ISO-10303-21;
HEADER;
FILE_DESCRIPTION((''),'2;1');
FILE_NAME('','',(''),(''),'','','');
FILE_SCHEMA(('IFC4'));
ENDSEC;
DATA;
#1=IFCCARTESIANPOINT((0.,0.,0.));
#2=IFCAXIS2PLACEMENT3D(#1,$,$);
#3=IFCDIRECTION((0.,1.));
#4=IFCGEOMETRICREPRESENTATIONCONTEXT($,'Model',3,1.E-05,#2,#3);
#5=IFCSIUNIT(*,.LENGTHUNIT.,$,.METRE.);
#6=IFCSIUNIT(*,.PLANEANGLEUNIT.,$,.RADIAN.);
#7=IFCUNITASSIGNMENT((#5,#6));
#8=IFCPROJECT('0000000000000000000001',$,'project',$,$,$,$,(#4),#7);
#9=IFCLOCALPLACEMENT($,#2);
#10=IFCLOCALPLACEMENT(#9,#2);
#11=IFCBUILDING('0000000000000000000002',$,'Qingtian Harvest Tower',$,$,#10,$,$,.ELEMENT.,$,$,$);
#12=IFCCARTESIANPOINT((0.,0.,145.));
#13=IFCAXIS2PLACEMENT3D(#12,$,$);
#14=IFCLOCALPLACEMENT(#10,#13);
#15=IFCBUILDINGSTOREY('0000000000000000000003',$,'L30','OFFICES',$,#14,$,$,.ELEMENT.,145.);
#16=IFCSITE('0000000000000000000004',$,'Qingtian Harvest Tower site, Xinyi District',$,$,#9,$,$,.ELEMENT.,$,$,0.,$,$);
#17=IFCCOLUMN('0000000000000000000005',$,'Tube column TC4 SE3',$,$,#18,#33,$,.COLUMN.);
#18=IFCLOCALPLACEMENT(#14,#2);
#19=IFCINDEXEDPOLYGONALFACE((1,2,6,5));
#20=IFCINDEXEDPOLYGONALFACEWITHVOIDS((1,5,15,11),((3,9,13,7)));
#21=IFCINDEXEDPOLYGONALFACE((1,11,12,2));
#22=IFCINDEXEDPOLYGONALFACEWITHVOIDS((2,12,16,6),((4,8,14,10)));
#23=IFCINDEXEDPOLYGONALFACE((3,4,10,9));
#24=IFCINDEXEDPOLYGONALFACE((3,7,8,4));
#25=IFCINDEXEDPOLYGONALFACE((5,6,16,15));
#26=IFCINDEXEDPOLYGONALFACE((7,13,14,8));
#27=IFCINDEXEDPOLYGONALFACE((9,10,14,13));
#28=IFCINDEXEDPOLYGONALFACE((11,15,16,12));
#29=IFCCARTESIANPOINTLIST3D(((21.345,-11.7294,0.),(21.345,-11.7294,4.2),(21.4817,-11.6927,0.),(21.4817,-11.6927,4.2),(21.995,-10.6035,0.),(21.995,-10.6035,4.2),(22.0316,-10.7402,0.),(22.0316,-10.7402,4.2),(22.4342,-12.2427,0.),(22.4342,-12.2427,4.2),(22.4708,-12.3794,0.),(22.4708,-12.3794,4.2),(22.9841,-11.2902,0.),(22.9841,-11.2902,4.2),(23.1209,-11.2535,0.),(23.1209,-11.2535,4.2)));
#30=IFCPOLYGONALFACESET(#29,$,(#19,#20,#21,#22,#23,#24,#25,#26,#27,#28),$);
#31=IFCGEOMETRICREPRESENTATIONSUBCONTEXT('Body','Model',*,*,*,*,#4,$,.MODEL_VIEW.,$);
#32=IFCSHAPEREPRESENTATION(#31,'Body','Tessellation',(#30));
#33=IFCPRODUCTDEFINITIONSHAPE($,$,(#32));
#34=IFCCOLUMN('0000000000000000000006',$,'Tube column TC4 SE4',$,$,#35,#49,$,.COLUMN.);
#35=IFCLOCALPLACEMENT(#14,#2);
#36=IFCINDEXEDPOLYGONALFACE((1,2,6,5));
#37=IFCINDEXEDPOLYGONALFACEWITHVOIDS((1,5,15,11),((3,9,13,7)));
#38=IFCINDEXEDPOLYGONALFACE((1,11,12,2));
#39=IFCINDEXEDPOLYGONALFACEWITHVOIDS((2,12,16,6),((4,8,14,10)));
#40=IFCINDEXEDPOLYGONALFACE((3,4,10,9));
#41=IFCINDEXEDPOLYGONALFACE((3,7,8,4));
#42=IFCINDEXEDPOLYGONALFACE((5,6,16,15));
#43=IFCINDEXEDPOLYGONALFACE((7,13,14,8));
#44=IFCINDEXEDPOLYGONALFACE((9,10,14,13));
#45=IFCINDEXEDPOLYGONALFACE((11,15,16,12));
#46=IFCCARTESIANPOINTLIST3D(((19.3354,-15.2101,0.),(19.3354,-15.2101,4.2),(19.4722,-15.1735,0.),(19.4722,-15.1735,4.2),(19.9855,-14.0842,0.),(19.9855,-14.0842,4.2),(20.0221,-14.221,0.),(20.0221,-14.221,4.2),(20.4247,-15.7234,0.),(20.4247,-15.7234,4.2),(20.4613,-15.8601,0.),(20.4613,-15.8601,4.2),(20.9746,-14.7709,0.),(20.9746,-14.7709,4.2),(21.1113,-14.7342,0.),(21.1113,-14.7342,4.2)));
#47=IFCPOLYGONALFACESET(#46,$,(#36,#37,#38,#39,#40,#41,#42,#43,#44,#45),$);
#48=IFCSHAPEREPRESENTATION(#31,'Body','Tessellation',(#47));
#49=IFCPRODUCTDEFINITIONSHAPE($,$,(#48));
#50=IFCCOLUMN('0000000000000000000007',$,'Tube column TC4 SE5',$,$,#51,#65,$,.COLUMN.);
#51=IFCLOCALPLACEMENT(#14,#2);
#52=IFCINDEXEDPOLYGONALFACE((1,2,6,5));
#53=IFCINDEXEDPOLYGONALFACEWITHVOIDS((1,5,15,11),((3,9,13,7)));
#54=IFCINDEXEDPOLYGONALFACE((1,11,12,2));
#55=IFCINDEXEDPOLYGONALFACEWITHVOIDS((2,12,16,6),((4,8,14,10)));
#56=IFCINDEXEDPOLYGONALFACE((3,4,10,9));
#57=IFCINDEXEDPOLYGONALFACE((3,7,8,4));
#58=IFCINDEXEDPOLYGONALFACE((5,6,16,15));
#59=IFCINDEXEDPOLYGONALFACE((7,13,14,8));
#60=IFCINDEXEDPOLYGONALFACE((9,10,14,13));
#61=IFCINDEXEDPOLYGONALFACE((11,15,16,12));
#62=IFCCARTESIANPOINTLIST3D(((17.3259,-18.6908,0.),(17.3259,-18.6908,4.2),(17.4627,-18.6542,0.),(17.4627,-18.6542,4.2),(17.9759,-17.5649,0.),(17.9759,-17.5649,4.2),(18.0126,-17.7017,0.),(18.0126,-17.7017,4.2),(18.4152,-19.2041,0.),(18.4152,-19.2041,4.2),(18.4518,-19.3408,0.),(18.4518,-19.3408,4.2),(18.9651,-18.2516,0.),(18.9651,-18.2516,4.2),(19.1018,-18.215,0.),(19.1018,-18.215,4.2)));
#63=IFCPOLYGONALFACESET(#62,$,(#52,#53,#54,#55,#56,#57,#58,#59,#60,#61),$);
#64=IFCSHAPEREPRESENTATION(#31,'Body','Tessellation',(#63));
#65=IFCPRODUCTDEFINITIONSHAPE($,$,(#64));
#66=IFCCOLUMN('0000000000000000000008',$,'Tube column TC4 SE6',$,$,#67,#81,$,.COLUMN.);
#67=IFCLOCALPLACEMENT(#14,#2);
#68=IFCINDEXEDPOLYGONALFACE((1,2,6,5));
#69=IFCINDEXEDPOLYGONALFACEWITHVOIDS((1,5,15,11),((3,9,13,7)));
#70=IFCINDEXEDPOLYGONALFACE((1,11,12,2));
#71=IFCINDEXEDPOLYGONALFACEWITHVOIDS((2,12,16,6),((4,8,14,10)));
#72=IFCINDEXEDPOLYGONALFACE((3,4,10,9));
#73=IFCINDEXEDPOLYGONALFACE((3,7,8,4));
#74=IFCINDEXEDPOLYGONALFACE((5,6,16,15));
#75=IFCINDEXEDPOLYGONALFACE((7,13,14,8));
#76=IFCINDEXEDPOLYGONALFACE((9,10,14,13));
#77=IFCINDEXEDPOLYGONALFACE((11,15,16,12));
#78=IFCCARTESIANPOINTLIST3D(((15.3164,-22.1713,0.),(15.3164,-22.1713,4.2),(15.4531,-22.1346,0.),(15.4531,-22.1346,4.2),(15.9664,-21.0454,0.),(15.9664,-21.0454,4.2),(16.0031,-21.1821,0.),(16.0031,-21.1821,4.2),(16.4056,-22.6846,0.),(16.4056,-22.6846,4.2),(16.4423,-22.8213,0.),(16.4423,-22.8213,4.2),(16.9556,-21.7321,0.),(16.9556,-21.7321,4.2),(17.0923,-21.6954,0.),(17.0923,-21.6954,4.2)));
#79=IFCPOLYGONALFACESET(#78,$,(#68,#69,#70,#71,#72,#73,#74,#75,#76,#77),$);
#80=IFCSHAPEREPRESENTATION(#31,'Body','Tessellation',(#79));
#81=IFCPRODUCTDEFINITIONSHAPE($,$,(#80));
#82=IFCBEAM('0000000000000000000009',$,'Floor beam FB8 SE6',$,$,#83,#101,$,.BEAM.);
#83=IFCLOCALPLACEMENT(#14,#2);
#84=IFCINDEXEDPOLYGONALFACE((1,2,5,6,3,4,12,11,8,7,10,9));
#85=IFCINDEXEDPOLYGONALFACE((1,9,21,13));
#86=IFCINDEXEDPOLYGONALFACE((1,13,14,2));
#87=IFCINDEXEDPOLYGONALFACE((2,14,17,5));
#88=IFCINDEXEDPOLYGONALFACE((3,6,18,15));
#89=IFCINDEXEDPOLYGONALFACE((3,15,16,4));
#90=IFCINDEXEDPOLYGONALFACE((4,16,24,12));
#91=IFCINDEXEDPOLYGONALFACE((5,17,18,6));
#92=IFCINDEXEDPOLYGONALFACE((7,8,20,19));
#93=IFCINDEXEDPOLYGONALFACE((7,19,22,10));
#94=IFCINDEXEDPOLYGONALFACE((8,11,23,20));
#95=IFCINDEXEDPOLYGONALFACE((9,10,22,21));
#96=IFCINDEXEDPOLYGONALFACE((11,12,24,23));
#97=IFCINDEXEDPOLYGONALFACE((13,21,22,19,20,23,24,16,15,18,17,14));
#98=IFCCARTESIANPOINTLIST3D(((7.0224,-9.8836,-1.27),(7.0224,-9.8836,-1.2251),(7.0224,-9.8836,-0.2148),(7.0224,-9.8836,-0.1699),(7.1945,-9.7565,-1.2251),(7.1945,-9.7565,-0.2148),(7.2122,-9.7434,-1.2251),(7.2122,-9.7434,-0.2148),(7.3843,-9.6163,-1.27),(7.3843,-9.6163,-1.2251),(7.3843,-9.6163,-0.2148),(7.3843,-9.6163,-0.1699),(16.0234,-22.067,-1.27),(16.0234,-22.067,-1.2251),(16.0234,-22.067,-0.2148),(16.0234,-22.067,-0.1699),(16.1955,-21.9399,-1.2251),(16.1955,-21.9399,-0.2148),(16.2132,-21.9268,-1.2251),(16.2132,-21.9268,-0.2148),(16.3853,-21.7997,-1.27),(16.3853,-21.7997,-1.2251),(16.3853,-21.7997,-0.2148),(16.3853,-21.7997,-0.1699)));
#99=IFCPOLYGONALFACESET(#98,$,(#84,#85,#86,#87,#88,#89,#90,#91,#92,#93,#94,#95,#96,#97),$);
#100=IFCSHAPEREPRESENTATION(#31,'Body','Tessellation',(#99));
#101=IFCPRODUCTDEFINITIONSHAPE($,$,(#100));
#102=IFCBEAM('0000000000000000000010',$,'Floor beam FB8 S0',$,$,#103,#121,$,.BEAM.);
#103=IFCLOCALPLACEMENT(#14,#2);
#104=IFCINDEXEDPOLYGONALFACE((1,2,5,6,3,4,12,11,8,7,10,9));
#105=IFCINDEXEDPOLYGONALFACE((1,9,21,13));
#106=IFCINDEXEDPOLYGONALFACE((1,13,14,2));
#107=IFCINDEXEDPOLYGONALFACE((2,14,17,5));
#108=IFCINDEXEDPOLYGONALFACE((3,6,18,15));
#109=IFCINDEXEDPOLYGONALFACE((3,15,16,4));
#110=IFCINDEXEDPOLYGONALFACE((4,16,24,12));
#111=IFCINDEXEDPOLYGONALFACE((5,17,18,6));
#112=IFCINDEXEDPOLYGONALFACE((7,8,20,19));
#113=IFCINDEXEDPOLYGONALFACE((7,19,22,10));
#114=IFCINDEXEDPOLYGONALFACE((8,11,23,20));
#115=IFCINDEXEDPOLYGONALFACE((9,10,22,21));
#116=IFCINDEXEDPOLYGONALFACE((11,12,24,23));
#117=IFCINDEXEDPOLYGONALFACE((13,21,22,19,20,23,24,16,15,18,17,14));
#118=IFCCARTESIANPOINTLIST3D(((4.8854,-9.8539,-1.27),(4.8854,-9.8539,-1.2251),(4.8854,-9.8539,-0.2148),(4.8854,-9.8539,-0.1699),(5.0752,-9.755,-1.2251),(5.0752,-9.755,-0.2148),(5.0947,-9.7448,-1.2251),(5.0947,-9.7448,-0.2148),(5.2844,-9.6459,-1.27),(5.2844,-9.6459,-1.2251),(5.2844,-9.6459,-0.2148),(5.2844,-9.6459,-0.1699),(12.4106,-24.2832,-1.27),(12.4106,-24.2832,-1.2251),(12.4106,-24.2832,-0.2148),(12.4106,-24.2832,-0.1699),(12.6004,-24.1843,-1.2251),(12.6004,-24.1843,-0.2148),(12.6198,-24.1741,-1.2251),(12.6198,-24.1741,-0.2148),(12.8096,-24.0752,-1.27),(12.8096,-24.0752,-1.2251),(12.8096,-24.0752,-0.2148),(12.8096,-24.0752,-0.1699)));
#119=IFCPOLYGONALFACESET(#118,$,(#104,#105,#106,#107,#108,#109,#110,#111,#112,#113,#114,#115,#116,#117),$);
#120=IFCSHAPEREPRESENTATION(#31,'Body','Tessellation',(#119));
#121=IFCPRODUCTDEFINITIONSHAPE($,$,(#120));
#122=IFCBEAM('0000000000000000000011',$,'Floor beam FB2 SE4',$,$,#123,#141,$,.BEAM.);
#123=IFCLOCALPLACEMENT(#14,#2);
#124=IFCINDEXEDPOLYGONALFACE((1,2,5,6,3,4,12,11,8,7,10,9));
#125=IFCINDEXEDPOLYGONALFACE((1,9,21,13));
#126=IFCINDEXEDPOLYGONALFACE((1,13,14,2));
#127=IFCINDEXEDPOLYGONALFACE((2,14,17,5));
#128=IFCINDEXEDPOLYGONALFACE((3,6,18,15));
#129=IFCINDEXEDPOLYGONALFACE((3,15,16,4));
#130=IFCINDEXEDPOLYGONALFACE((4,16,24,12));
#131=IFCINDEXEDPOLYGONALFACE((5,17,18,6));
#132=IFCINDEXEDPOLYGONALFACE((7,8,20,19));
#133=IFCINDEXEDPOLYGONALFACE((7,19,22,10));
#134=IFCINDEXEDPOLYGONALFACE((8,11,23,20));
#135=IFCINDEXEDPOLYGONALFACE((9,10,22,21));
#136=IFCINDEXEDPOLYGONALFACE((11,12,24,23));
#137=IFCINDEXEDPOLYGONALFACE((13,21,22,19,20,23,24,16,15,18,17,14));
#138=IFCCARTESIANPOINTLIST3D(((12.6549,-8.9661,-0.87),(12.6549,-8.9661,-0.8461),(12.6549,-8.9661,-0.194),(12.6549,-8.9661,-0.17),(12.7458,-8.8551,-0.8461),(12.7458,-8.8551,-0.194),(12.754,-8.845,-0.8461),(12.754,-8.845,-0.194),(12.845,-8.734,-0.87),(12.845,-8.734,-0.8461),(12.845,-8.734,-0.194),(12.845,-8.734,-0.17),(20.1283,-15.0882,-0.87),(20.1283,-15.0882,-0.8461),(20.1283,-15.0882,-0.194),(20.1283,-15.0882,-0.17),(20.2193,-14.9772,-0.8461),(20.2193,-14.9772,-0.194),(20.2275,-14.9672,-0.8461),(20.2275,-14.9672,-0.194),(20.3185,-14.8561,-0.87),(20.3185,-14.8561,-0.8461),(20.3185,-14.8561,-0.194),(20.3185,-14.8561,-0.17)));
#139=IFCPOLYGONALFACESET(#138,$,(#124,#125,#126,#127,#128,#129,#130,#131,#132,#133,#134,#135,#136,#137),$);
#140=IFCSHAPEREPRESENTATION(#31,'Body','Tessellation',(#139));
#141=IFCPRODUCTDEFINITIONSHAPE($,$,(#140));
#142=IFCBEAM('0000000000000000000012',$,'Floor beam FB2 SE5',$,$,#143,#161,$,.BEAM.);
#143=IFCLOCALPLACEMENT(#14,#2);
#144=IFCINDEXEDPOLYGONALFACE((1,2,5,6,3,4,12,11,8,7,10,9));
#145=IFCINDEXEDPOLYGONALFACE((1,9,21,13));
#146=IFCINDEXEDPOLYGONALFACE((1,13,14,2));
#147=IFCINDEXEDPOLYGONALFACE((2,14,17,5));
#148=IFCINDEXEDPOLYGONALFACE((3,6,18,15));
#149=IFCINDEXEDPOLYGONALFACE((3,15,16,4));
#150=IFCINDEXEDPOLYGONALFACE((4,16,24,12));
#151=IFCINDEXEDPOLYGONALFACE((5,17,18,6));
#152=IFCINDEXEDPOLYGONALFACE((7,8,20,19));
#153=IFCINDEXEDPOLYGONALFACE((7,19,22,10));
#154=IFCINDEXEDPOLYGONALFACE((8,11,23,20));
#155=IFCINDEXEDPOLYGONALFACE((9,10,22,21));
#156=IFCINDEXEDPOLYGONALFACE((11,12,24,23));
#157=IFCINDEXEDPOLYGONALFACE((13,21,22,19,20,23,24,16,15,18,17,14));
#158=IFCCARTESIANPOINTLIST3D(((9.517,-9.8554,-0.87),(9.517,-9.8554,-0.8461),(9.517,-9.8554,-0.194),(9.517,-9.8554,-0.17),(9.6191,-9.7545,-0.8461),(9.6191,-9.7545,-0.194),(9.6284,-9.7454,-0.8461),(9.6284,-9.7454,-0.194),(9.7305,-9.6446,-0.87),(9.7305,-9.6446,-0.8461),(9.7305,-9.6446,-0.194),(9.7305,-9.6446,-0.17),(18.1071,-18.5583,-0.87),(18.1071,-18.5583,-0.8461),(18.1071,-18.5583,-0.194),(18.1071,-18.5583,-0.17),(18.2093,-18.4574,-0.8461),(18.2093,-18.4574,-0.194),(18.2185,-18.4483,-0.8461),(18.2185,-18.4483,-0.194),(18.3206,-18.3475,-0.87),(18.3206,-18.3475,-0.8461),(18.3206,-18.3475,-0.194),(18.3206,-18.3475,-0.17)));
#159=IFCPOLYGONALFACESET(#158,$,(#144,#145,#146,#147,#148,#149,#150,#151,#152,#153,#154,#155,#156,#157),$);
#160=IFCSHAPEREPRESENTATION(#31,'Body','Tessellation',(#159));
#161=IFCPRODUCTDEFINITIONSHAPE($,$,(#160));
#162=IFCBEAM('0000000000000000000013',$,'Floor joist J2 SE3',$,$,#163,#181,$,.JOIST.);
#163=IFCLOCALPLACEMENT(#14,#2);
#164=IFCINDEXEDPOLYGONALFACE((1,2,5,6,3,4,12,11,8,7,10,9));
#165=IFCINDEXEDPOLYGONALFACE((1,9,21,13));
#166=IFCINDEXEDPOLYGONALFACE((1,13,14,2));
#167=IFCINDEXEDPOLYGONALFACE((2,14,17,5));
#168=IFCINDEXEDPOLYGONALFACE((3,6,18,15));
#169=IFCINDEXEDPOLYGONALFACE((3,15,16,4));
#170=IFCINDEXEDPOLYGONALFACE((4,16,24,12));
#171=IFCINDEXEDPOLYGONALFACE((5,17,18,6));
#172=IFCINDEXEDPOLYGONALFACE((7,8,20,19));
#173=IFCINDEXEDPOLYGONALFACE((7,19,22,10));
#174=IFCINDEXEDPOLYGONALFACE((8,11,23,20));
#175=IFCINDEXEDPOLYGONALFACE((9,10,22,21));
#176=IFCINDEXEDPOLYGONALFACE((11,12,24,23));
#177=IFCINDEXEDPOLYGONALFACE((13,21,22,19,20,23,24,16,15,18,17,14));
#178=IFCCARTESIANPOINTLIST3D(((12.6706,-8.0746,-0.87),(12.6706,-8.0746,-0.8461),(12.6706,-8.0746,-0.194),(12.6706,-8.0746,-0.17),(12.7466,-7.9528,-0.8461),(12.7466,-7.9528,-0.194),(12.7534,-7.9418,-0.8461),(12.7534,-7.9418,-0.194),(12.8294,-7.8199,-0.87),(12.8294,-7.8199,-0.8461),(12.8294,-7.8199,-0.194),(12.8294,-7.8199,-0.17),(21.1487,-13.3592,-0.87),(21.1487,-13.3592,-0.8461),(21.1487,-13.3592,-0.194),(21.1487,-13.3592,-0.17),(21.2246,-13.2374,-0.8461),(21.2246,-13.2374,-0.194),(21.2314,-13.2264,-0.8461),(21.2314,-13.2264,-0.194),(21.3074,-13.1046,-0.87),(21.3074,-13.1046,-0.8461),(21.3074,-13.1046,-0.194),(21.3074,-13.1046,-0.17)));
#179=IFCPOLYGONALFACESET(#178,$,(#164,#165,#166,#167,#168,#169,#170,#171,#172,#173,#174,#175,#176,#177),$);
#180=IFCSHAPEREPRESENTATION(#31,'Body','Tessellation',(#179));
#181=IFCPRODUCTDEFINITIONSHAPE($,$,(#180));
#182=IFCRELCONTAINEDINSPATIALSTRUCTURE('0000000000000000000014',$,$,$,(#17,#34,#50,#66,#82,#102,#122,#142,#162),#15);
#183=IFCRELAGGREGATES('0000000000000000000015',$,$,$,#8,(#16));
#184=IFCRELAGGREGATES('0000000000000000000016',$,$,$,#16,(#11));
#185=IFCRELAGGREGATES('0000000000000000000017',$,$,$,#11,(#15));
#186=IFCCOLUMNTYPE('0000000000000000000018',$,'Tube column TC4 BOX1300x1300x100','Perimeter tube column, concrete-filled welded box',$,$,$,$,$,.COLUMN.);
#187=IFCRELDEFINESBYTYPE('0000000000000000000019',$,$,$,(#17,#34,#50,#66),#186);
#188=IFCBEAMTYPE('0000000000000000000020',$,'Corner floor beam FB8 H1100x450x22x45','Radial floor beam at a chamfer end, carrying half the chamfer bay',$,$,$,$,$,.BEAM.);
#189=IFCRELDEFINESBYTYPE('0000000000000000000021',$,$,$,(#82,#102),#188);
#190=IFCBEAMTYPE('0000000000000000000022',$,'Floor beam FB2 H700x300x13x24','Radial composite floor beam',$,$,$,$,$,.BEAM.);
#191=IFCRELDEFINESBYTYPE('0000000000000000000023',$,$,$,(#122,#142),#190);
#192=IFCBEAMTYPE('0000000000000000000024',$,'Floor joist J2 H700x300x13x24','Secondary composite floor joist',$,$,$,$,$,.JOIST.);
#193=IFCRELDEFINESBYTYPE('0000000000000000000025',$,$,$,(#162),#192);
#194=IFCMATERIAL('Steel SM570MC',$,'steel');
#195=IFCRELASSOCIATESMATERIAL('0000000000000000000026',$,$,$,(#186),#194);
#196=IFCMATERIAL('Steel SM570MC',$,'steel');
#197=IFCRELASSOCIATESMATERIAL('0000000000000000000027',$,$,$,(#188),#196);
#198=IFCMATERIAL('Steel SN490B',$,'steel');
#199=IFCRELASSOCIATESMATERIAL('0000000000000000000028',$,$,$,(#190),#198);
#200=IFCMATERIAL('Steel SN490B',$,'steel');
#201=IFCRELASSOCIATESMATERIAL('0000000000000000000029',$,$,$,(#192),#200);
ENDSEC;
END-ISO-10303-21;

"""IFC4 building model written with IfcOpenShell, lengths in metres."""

from ifc_helpers import new_model, si_unit, direction, frame, origin, origin_2d, place, context, subcontext, project, spatial, hollow_rectangle, i_section, extrude, material, material_profile, profile_set, type_object, element, save


model = new_model("IFC4")

# Units and contexts
model_context = context("Model", 3, precision=1e-05, world=origin(), true_north=direction((0.0, 1.0)))
body_context = subcontext(model_context, "Body", "Model", "MODEL_VIEW")
ifc_project = project(units=[si_unit("LENGTHUNIT", "METRE"), si_unit("PLANEANGLEUNIT", "RADIAN")], contexts=[model_context])

# Site, building, storey
site_placement = place(None, origin())
site = spatial("IfcSite", under=ifc_project, at=site_placement, Name="Qingtian Harvest Tower site, Xinyi District", CompositionType="ELEMENT", RefElevation=0.0)
building_placement = place(site_placement, origin())
building = spatial("IfcBuilding", under=site, at=building_placement, Name="Qingtian Harvest Tower", CompositionType="ELEMENT")
storey_placement = place(building_placement, frame((0.0, 0.0, 145.0)))
storey = spatial("IfcBuildingStorey", under=building, at=storey_placement, Name="L30", Description="OFFICES", CompositionType="ELEMENT", Elevation=145.0)

# Columns
ifc_material_1 = material(Name="Steel SM570MC", Category="steel")
ifc_material_profile_1 = material_profile(ifc_material_1, hollow_rectangle(XDim=1.3, YDim=1.3, WallThickness=0.1001, at=origin_2d()), Name="BOX1300x1300x100")
ifc_profile_set_1 = profile_set([ifc_material_profile_1], Name="Steel SM570MC")
column_type = type_object("IfcColumnType", Name="Tube column TC4 BOX1300x1300x100", Description="Perimeter tube column, concrete-filled welded box", PredefinedType="COLUMN", material=ifc_profile_set_1)
for number, where, z_axis, x_axis, name in (
    (1, (22.2329, -11.4915, 0.0), (0.0, 0.0, 1.0), (0.5, 0.866025, 0.0), "Tube column TC4 SE3"),
    (2, (20.2234, -14.9722, 0.0), (0.0, 0.0, 1.0), (0.5, 0.866025, 0.0), "Tube column TC4 SE4"),
    (3, (18.2139, -18.4529, 0.0), (0.0, 0.0, 1.0), (0.5, 0.866025, 0.0), "Tube column TC4 SE5"),
    (4, (16.2043, -21.9333, 0.0), (0.0, 0.0, 1.0), (0.5, 0.866025, 0.0), "Tube column TC4 SE6"),
):
    element("IfcColumn", number, at=place(storey_placement, frame(where, z_axis=z_axis, x_axis=x_axis)), inside=storey, type_object=column_type, Name=name, PredefinedType="COLUMN", context=body_context, shape_type="SweptSolid", body=[
        extrude(hollow_rectangle(XDim=1.3, YDim=1.3, WallThickness=0.1001, at=origin_2d()), origin(), (0.0, 0.0, 1.0), 4.2),
    ])

# Beams
ifc_material_2 = material(Name="Steel SM570MC", Category="steel")
ifc_material_profile_2 = material_profile(ifc_material_2, i_section(OverallWidth=0.45, OverallDepth=1.1001, WebThickness=0.022, FlangeThickness=0.0449, at=origin_2d()), Name="H1100x450x22x45")
ifc_profile_set_2 = profile_set([ifc_material_profile_2], Name="Steel SM570MC")
beam_type_1 = type_object("IfcBeamType", Name="Corner floor beam FB8 H1100x450x22x45", Description="Radial floor beam at a chamfer end, carrying half the chamfer bay", PredefinedType="BEAM", material=ifc_profile_set_2)
beam_1_placement = place(storey_placement, frame((16.2043, -21.9333, -0.72), z_axis=(-0.594216, 0.804306, 0.0), x_axis=(-0.804306, -0.594216, 0.0)))
element("IfcBeam", 5, at=beam_1_placement, inside=storey, type_object=beam_type_1, Name="Floor beam FB8 SE6", PredefinedType="BEAM", context=body_context, shape_type="SweptSolid", body=[
    extrude(i_section(OverallWidth=0.45, OverallDepth=1.1001, WebThickness=0.022, FlangeThickness=0.0449, at=origin_2d()), origin(), (0.0, 0.0, 1.0), 15.1477),
])
beam_2_placement = place(storey_placement, frame((12.6101, -24.1792, -0.72), z_axis=(-0.462415, 0.886664, 0.0), x_axis=(-0.886664, -0.462415, 0.0)))
element("IfcBeam", 6, at=beam_2_placement, inside=storey, type_object=beam_type_1, Name="Floor beam FB8 S0", PredefinedType="BEAM", context=body_context, shape_type="SweptSolid", body=[
    extrude(i_section(OverallWidth=0.45, OverallDepth=1.1001, WebThickness=0.022, FlangeThickness=0.0449, at=origin_2d()), origin(), (0.0, 0.0, 1.0), 16.2737),
])
ifc_material_3 = material(Name="Steel SN490B", Category="steel")
ifc_material_profile_3 = material_profile(ifc_material_3, i_section(OverallWidth=0.3, OverallDepth=0.7, WebThickness=0.0129, FlangeThickness=0.0239, at=origin_2d()), Name="H700x300x13x24")
ifc_profile_set_3 = profile_set([ifc_material_profile_3], Name="Steel SN490B")
beam_type_2 = type_object("IfcBeamType", Name="Floor beam FB2 H700x300x13x24", Description="Radial composite floor beam", PredefinedType="BEAM", material=ifc_profile_set_3)
beam_3_placement = place(storey_placement, frame((20.2234, -14.9722, -0.52), z_axis=(-0.773578, 0.633701, 0.0), x_axis=(-0.633701, -0.773578, 0.0)))
element("IfcBeam", 7, at=beam_3_placement, inside=storey, type_object=beam_type_2, Name="Floor beam FB2 SE4", PredefinedType="BEAM", context=body_context, shape_type="SweptSolid", body=[
    extrude(i_section(OverallWidth=0.3, OverallDepth=0.7, WebThickness=0.0129, FlangeThickness=0.0239, at=origin_2d()), origin(), (0.0, 0.0, 1.0), 9.6609),
])
beam_4_placement = place(storey_placement, frame((18.2139, -18.4529, -0.52), z_axis=(-0.70248, 0.711704, 0.0), x_axis=(-0.711704, -0.70248, 0.0)))
element("IfcBeam", 8, at=beam_4_placement, inside=storey, type_object=beam_type_2, Name="Floor beam FB2 SE5", PredefinedType="BEAM", context=body_context, shape_type="SweptSolid", body=[
    extrude(i_section(OverallWidth=0.3, OverallDepth=0.7, WebThickness=0.0129, FlangeThickness=0.0239, at=origin_2d()), origin(), (0.0, 0.0, 1.0), 12.2283),
])
ifc_material_4 = material(Name="Steel SN490B", Category="steel")
ifc_material_profile_4 = material_profile(ifc_material_4, i_section(OverallWidth=0.3, OverallDepth=0.7, WebThickness=0.0129, FlangeThickness=0.0239, at=origin_2d()), Name="H700x300x13x24")
ifc_profile_set_4 = profile_set([ifc_material_profile_4], Name="Steel SN490B")
beam_type_3 = type_object("IfcBeamType", Name="Floor joist J2 H700x300x13x24", Description="Secondary composite floor joist", PredefinedType="JOIST", material=ifc_profile_set_4)
beam_5_placement = place(storey_placement, frame((21.228, -13.2319, -0.52), z_axis=(-0.848632, 0.528984, 0.0), x_axis=(-0.528984, -0.848632, 0.0)))
element("IfcBeam", 9, at=beam_5_placement, inside=storey, type_object=beam_type_3, Name="Floor joist J2 SE3", PredefinedType="JOIST", context=body_context, shape_type="SweptSolid", body=[
    extrude(i_section(OverallWidth=0.3, OverallDepth=0.7, WebThickness=0.0129, FlangeThickness=0.0239, at=origin_2d()), origin(), (0.0, 0.0, 1.0), 9.9902),
])

save(model, "model.ifc")
